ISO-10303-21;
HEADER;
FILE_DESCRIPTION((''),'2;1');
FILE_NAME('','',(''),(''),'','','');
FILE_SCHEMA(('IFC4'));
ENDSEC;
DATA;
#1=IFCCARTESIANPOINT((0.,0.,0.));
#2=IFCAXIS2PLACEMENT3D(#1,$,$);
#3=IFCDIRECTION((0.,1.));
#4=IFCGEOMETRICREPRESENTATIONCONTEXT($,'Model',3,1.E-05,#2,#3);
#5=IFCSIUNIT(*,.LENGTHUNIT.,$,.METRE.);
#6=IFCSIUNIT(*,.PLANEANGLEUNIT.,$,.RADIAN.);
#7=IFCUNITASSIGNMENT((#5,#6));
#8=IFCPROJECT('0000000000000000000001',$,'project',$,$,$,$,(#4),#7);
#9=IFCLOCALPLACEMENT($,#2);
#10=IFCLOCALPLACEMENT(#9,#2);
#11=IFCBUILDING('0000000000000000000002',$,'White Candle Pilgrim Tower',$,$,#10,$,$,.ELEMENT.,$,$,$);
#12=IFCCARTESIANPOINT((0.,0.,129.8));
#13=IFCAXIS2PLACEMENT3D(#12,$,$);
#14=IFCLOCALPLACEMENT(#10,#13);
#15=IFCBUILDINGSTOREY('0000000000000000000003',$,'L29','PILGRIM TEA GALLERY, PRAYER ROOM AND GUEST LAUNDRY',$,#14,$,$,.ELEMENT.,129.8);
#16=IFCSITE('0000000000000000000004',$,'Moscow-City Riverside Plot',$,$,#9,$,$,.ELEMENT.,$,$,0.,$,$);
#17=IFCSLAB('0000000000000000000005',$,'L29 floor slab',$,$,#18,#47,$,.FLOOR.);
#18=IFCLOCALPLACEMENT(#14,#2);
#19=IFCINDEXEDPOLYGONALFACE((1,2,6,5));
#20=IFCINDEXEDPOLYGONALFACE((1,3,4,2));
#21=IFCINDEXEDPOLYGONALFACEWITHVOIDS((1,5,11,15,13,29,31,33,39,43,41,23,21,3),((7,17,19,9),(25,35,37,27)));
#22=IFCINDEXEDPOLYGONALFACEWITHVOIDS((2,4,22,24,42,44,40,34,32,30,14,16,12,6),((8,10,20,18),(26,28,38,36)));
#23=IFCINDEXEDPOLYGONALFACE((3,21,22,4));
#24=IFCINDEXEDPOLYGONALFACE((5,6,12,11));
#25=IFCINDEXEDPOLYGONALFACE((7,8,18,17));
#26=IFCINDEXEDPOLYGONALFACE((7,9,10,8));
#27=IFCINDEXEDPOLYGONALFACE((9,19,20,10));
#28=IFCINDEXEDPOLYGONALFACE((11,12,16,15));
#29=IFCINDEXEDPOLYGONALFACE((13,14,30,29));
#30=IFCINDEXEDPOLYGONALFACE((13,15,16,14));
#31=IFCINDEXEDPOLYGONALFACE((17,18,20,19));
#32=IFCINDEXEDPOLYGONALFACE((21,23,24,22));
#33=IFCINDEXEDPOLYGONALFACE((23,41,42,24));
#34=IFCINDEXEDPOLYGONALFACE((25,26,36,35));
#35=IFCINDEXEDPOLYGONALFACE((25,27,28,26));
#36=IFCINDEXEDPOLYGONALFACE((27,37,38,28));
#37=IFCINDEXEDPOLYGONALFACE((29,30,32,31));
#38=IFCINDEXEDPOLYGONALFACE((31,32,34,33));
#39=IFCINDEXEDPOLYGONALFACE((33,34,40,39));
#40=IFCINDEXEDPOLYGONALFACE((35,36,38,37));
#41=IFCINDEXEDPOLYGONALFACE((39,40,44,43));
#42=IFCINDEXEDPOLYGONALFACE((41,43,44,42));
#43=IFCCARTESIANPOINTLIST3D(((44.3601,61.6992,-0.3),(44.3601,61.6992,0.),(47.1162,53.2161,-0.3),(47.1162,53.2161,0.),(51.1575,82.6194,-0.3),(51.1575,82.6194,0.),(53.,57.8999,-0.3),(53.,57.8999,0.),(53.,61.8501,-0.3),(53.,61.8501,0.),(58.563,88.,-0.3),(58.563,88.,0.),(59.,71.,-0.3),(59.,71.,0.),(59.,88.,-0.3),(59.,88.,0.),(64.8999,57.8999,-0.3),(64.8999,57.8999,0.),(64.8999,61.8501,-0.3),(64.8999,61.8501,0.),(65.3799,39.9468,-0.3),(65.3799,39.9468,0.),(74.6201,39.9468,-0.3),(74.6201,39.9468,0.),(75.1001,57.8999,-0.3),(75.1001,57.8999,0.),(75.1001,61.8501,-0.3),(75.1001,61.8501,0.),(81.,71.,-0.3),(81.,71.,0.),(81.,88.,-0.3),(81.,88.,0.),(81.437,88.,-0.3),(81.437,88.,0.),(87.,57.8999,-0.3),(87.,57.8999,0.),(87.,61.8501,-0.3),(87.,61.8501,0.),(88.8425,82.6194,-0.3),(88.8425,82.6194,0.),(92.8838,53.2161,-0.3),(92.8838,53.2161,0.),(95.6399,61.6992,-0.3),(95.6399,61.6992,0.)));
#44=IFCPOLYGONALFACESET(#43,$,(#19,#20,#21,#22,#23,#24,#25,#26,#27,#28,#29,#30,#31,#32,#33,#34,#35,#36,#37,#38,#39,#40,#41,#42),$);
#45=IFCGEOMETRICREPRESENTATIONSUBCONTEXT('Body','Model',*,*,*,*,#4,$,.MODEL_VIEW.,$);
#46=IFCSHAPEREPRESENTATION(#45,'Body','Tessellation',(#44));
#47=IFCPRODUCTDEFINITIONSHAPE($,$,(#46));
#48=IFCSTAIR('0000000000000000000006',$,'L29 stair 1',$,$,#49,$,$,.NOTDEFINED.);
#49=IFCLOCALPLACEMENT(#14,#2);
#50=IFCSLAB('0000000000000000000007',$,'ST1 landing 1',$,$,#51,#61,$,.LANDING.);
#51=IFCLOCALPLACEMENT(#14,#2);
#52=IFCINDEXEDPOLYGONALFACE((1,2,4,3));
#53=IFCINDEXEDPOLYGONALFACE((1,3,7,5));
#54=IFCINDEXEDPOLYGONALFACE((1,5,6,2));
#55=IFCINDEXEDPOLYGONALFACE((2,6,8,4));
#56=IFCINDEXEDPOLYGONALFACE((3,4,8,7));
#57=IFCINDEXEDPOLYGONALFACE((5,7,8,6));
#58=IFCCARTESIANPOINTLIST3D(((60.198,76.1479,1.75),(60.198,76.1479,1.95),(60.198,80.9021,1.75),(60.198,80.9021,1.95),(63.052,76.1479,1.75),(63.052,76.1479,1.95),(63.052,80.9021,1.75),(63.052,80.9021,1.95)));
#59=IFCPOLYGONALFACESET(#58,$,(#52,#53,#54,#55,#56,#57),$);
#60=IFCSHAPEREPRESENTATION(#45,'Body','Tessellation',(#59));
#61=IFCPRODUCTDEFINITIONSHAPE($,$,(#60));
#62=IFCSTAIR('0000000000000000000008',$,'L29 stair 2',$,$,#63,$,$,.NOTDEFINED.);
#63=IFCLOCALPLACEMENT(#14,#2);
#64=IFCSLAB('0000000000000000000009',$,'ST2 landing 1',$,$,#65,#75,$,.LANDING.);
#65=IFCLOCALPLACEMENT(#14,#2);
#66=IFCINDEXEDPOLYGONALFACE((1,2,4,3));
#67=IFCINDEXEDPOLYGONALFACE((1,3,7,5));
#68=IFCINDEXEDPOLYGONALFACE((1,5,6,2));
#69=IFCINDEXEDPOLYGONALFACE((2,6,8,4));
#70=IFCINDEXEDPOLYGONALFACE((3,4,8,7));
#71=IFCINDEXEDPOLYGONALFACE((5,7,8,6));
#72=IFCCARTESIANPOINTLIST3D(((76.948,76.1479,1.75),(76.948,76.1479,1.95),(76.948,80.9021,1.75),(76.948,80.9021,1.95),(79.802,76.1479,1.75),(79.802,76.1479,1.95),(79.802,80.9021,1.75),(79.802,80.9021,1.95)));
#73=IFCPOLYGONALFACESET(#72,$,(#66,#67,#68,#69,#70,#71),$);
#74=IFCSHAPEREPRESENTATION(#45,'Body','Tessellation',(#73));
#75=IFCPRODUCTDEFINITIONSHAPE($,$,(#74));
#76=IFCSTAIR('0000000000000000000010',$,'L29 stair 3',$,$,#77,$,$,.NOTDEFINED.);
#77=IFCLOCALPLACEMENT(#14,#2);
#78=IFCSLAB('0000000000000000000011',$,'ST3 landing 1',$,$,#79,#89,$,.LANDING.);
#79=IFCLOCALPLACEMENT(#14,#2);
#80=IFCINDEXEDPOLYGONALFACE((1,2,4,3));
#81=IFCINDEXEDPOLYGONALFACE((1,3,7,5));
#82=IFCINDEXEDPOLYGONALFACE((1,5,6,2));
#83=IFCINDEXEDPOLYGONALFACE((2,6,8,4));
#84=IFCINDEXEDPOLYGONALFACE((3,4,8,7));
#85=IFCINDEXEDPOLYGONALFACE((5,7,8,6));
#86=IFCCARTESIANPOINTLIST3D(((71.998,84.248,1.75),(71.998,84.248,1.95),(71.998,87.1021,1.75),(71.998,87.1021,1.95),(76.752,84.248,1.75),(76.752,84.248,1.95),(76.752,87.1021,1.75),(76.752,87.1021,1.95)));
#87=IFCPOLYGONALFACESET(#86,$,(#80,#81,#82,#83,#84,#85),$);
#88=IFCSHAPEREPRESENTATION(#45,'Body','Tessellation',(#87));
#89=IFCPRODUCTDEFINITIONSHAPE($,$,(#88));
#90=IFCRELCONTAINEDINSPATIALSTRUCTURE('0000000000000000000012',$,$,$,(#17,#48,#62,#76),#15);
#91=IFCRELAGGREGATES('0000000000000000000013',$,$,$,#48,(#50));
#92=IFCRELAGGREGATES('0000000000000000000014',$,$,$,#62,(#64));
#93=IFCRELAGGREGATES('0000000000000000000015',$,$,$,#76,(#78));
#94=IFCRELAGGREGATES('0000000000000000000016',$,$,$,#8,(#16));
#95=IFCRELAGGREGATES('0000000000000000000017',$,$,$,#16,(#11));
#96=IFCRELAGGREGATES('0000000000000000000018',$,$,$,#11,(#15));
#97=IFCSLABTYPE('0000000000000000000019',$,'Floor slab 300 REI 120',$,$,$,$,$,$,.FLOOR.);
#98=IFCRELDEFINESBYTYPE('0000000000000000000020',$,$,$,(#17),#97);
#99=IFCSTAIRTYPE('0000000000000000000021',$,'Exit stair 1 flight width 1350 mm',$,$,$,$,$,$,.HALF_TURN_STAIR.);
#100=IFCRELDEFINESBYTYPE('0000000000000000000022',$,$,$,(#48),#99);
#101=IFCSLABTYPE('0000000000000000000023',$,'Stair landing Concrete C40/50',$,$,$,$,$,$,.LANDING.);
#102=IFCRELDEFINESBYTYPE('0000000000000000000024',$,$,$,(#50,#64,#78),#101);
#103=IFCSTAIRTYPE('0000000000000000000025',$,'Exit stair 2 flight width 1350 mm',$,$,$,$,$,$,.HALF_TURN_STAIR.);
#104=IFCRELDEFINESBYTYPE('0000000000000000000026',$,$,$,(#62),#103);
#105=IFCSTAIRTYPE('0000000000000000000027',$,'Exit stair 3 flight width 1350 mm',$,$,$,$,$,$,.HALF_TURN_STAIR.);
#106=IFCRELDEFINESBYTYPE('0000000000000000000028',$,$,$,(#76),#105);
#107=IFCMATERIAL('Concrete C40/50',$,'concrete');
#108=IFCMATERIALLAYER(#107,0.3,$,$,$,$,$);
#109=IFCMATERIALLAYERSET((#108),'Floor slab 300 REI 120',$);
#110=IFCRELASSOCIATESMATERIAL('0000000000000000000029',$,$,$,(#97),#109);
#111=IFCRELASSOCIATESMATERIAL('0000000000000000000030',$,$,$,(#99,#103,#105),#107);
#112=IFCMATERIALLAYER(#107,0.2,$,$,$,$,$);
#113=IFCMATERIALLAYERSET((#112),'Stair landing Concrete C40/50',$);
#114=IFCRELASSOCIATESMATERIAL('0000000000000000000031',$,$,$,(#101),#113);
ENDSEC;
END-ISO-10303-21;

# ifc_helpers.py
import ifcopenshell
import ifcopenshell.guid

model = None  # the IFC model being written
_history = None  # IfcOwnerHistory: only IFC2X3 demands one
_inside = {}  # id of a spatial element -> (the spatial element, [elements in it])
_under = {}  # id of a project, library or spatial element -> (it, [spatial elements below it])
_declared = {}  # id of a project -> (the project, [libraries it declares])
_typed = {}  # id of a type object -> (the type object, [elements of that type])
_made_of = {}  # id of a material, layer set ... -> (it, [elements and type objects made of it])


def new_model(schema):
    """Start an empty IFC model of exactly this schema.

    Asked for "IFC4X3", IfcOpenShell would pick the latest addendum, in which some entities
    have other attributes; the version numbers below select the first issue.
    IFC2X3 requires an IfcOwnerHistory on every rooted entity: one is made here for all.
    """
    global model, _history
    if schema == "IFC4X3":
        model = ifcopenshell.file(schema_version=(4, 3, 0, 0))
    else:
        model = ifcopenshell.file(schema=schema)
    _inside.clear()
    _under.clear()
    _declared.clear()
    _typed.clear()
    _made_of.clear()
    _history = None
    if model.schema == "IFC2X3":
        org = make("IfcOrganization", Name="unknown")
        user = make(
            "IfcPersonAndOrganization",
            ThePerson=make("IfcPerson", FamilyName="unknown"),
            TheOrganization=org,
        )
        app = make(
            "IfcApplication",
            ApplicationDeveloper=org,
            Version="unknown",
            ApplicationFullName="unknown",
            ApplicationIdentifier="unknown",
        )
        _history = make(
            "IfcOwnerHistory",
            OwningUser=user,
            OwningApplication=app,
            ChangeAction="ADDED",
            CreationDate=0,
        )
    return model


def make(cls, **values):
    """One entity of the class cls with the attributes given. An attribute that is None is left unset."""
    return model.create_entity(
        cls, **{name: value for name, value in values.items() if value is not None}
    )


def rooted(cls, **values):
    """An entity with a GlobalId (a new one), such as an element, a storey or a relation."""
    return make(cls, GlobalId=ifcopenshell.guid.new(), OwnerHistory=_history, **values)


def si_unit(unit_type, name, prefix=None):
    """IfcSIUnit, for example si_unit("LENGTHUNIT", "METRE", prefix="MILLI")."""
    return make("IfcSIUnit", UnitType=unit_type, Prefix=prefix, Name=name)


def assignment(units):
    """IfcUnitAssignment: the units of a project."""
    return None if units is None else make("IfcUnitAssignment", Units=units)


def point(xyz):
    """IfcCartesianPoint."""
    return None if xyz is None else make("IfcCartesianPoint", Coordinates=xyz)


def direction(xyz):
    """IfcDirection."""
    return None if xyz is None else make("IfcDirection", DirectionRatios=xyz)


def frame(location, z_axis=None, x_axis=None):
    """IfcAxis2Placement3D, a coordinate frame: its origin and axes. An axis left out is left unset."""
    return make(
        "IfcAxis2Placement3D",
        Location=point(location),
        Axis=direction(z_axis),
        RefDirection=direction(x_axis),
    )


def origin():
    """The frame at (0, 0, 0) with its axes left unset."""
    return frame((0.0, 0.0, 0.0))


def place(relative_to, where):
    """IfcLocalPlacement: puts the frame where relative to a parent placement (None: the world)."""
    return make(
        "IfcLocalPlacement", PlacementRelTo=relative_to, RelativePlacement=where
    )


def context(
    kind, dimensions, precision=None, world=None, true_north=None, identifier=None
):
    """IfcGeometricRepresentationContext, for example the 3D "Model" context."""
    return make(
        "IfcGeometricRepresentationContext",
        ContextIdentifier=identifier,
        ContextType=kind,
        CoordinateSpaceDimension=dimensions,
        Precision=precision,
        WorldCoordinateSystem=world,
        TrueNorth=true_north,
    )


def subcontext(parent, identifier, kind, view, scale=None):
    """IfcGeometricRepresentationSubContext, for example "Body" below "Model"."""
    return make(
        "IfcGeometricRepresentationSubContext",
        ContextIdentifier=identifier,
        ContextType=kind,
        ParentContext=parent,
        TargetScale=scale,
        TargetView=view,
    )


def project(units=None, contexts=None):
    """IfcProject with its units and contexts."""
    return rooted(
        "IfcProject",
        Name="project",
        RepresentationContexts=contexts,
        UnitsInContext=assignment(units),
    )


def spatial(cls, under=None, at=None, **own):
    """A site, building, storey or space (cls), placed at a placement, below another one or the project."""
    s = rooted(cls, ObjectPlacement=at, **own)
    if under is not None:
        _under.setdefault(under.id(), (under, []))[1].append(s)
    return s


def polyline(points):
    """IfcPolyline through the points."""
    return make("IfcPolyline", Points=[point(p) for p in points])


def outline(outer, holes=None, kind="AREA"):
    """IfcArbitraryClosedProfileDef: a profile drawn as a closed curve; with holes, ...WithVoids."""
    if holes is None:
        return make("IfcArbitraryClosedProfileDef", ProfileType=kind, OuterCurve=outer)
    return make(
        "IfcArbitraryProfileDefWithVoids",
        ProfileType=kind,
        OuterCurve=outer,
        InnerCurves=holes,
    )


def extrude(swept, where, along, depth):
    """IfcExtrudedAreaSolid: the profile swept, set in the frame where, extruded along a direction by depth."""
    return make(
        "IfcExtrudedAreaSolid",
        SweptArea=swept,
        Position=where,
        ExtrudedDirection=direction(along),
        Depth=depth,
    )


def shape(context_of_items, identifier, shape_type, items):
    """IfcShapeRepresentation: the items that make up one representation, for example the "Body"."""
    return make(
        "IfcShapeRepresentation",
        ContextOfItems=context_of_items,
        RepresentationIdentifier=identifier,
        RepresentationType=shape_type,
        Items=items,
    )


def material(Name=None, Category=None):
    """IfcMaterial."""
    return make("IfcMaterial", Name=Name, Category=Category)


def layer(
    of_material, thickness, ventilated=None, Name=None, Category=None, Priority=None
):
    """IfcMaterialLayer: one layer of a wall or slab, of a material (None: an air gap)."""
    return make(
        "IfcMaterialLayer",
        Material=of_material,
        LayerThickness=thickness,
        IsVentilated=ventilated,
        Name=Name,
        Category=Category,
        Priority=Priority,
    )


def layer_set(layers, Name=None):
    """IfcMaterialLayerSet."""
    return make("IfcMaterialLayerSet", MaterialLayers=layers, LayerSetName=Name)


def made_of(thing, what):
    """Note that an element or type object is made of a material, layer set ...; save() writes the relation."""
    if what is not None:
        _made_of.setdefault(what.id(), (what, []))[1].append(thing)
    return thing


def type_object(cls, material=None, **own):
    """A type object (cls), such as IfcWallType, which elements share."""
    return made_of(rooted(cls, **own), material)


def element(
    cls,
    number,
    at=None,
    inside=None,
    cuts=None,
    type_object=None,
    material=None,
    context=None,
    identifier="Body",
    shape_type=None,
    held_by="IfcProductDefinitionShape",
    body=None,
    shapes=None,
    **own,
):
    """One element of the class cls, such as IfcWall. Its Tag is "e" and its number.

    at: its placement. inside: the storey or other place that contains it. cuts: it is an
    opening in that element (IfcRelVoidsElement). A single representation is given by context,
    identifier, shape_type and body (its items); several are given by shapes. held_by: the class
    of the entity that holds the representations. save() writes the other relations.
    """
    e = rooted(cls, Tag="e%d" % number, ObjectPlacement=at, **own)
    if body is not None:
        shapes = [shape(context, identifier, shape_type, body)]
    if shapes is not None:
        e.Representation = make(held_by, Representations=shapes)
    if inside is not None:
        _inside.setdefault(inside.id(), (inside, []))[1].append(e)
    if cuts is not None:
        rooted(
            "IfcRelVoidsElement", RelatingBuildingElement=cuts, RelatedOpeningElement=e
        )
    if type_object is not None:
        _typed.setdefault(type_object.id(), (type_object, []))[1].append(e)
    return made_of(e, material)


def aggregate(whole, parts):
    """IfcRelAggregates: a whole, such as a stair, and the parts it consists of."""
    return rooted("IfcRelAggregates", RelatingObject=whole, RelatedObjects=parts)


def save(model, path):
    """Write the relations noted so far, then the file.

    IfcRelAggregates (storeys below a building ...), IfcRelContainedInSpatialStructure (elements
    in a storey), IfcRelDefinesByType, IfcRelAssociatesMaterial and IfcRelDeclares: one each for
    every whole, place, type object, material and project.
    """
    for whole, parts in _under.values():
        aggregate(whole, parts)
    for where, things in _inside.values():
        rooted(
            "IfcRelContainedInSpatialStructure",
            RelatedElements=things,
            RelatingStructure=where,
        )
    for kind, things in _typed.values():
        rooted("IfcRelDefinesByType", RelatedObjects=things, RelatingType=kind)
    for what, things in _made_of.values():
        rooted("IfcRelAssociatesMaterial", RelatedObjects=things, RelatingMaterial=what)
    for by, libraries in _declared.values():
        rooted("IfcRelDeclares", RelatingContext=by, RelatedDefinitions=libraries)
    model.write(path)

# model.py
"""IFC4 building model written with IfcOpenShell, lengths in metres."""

from ifc_helpers import new_model, si_unit, direction, frame, origin, place, context, subcontext, project, spatial, polyline, outline, extrude, material, layer, layer_set, type_object, element, aggregate, save


model = new_model("IFC4")

# Units and contexts
model_context = context("Model", 3, precision=1e-05, world=origin(), true_north=direction((0.0, 1.0)))
body_context = subcontext(model_context, "Body", "Model", "MODEL_VIEW")
ifc_project = project(units=[si_unit("LENGTHUNIT", "METRE"), si_unit("PLANEANGLEUNIT", "RADIAN")], contexts=[model_context])

# Site, building, storey
site_placement = place(None, origin())
site = spatial("IfcSite", under=ifc_project, at=site_placement, Name="Moscow-City Riverside Plot", CompositionType="ELEMENT", RefElevation=0.0)
building_placement = place(site_placement, origin())
building = spatial("IfcBuilding", under=site, at=building_placement, Name="White Candle Pilgrim Tower", CompositionType="ELEMENT")
storey_placement = place(building_placement, frame((0.0, 0.0, 129.8)))
storey = spatial("IfcBuildingStorey", under=building, at=storey_placement, Name="L29", Description="PILGRIM TEA GALLERY, PRAYER ROOM AND GUEST LAUNDRY", CompositionType="ELEMENT", Elevation=129.8)

# Slab
ifc_material = material(Name="Concrete C40/50", Category="concrete")
ifc_layer_1 = layer(ifc_material, 0.3)
ifc_layer_set_1 = layer_set([ifc_layer_1], Name="Floor slab 300 REI 120")
slab_type_1 = type_object("IfcSlabType", Name="Floor slab 300 REI 120", PredefinedType="FLOOR", material=ifc_layer_set_1)
slab_1_placement = place(storey_placement, frame((0.0, 0.0, -0.3)))
element("IfcSlab", 1, at=slab_1_placement, inside=storey, type_object=slab_type_1, Name="L29 floor slab", PredefinedType="FLOOR", context=body_context, shape_type="SweptSolid", body=[
    extrude(outline(polyline([(65.3799, 39.9468), (74.6201, 39.9468), (92.8838, 53.2161), (95.6399, 61.6992), (88.8425, 82.6194), (81.437, 88.0), (81.0, 88.0), (81.0, 71.0), (59.0, 71.0), (59.0, 88.0), (58.563, 88.0), (51.1575, 82.6194), (44.3601, 61.6992), (47.1162, 53.2161), (65.3799, 39.9468)]), holes=[polyline([(53.0, 57.8999), (53.0, 61.8501), (64.8999, 61.8501), (64.8999, 57.8999), (53.0, 57.8999)]), polyline([(75.1001, 57.8999), (75.1001, 61.8501), (87.0, 61.8501), (87.0, 57.8999), (75.1001, 57.8999)])]), origin(), (0.0, 0.0, 1.0), 0.3),
])

# Stairs, slabs
stair_type_1 = type_object("IfcStairType", Name="Exit stair 1 flight width 1350 mm", PredefinedType="HALF_TURN_STAIR", material=ifc_material)
stair_1_placement = place(storey_placement, origin())
stair_1 = element("IfcStair", 2, at=stair_1_placement, inside=storey, type_object=stair_type_1, Name="L29 stair 1", PredefinedType="NOTDEFINED")
ifc_layer_2 = layer(ifc_material, 0.2)
ifc_layer_set_2 = layer_set([ifc_layer_2], Name="Stair landing Concrete C40/50")
slab_type_2 = type_object("IfcSlabType", Name="Stair landing Concrete C40/50", PredefinedType="LANDING", material=ifc_layer_set_2)
slab_2_placement = place(storey_placement, frame((0.0, 0.0, 1.75)))
slab_2 = element("IfcSlab", 3, at=slab_2_placement, type_object=slab_type_2, Name="ST1 landing 1", PredefinedType="LANDING", context=body_context, shape_type="SweptSolid", body=[
    extrude(outline(polyline([(63.052, 76.1479), (60.198, 76.1479), (60.198, 80.9021), (63.052, 80.9021), (63.052, 76.1479)])), origin(), (0.0, 0.0, 1.0), 0.2),
])
aggregate(stair_1, [slab_2])
stair_type_2 = type_object("IfcStairType", Name="Exit stair 2 flight width 1350 mm", PredefinedType="HALF_TURN_STAIR", material=ifc_material)
stair_2_placement = place(storey_placement, origin())
stair_2 = element("IfcStair", 4, at=stair_2_placement, inside=storey, type_object=stair_type_2, Name="L29 stair 2", PredefinedType="NOTDEFINED")
slab_3_placement = place(storey_placement, frame((0.0, 0.0, 1.75)))
slab_3 = element("IfcSlab", 5, at=slab_3_placement, type_object=slab_type_2, Name="ST2 landing 1", PredefinedType="LANDING", context=body_context, shape_type="SweptSolid", body=[
    extrude(outline(polyline([(79.802, 76.1479), (76.948, 76.1479), (76.948, 80.9021), (79.802, 80.9021), (79.802, 76.1479)])), origin(), (0.0, 0.0, 1.0), 0.2),
])
aggregate(stair_2, [slab_3])
stair_type_3 = type_object("IfcStairType", Name="Exit stair 3 flight width 1350 mm", PredefinedType="HALF_TURN_STAIR", material=ifc_material)
stair_3_placement = place(storey_placement, origin())
stair_3 = element("IfcStair", 6, at=stair_3_placement, inside=storey, type_object=stair_type_3, Name="L29 stair 3", PredefinedType="NOTDEFINED")
slab_4_placement = place(storey_placement, frame((0.0, 0.0, 1.75)))
slab_4 = element("IfcSlab", 7, at=slab_4_placement, type_object=slab_type_2, Name="ST3 landing 1", PredefinedType="LANDING", context=body_context, shape_type="SweptSolid", body=[
    extrude(outline(polyline([(71.998, 84.248), (71.998, 87.1021), (76.752, 87.1021), (76.752, 84.248), (71.998, 84.248)])), origin(), (0.0, 0.0, 1.0), 0.2),
])
aggregate(stair_3, [slab_4])

save(model, "model.ifc")
